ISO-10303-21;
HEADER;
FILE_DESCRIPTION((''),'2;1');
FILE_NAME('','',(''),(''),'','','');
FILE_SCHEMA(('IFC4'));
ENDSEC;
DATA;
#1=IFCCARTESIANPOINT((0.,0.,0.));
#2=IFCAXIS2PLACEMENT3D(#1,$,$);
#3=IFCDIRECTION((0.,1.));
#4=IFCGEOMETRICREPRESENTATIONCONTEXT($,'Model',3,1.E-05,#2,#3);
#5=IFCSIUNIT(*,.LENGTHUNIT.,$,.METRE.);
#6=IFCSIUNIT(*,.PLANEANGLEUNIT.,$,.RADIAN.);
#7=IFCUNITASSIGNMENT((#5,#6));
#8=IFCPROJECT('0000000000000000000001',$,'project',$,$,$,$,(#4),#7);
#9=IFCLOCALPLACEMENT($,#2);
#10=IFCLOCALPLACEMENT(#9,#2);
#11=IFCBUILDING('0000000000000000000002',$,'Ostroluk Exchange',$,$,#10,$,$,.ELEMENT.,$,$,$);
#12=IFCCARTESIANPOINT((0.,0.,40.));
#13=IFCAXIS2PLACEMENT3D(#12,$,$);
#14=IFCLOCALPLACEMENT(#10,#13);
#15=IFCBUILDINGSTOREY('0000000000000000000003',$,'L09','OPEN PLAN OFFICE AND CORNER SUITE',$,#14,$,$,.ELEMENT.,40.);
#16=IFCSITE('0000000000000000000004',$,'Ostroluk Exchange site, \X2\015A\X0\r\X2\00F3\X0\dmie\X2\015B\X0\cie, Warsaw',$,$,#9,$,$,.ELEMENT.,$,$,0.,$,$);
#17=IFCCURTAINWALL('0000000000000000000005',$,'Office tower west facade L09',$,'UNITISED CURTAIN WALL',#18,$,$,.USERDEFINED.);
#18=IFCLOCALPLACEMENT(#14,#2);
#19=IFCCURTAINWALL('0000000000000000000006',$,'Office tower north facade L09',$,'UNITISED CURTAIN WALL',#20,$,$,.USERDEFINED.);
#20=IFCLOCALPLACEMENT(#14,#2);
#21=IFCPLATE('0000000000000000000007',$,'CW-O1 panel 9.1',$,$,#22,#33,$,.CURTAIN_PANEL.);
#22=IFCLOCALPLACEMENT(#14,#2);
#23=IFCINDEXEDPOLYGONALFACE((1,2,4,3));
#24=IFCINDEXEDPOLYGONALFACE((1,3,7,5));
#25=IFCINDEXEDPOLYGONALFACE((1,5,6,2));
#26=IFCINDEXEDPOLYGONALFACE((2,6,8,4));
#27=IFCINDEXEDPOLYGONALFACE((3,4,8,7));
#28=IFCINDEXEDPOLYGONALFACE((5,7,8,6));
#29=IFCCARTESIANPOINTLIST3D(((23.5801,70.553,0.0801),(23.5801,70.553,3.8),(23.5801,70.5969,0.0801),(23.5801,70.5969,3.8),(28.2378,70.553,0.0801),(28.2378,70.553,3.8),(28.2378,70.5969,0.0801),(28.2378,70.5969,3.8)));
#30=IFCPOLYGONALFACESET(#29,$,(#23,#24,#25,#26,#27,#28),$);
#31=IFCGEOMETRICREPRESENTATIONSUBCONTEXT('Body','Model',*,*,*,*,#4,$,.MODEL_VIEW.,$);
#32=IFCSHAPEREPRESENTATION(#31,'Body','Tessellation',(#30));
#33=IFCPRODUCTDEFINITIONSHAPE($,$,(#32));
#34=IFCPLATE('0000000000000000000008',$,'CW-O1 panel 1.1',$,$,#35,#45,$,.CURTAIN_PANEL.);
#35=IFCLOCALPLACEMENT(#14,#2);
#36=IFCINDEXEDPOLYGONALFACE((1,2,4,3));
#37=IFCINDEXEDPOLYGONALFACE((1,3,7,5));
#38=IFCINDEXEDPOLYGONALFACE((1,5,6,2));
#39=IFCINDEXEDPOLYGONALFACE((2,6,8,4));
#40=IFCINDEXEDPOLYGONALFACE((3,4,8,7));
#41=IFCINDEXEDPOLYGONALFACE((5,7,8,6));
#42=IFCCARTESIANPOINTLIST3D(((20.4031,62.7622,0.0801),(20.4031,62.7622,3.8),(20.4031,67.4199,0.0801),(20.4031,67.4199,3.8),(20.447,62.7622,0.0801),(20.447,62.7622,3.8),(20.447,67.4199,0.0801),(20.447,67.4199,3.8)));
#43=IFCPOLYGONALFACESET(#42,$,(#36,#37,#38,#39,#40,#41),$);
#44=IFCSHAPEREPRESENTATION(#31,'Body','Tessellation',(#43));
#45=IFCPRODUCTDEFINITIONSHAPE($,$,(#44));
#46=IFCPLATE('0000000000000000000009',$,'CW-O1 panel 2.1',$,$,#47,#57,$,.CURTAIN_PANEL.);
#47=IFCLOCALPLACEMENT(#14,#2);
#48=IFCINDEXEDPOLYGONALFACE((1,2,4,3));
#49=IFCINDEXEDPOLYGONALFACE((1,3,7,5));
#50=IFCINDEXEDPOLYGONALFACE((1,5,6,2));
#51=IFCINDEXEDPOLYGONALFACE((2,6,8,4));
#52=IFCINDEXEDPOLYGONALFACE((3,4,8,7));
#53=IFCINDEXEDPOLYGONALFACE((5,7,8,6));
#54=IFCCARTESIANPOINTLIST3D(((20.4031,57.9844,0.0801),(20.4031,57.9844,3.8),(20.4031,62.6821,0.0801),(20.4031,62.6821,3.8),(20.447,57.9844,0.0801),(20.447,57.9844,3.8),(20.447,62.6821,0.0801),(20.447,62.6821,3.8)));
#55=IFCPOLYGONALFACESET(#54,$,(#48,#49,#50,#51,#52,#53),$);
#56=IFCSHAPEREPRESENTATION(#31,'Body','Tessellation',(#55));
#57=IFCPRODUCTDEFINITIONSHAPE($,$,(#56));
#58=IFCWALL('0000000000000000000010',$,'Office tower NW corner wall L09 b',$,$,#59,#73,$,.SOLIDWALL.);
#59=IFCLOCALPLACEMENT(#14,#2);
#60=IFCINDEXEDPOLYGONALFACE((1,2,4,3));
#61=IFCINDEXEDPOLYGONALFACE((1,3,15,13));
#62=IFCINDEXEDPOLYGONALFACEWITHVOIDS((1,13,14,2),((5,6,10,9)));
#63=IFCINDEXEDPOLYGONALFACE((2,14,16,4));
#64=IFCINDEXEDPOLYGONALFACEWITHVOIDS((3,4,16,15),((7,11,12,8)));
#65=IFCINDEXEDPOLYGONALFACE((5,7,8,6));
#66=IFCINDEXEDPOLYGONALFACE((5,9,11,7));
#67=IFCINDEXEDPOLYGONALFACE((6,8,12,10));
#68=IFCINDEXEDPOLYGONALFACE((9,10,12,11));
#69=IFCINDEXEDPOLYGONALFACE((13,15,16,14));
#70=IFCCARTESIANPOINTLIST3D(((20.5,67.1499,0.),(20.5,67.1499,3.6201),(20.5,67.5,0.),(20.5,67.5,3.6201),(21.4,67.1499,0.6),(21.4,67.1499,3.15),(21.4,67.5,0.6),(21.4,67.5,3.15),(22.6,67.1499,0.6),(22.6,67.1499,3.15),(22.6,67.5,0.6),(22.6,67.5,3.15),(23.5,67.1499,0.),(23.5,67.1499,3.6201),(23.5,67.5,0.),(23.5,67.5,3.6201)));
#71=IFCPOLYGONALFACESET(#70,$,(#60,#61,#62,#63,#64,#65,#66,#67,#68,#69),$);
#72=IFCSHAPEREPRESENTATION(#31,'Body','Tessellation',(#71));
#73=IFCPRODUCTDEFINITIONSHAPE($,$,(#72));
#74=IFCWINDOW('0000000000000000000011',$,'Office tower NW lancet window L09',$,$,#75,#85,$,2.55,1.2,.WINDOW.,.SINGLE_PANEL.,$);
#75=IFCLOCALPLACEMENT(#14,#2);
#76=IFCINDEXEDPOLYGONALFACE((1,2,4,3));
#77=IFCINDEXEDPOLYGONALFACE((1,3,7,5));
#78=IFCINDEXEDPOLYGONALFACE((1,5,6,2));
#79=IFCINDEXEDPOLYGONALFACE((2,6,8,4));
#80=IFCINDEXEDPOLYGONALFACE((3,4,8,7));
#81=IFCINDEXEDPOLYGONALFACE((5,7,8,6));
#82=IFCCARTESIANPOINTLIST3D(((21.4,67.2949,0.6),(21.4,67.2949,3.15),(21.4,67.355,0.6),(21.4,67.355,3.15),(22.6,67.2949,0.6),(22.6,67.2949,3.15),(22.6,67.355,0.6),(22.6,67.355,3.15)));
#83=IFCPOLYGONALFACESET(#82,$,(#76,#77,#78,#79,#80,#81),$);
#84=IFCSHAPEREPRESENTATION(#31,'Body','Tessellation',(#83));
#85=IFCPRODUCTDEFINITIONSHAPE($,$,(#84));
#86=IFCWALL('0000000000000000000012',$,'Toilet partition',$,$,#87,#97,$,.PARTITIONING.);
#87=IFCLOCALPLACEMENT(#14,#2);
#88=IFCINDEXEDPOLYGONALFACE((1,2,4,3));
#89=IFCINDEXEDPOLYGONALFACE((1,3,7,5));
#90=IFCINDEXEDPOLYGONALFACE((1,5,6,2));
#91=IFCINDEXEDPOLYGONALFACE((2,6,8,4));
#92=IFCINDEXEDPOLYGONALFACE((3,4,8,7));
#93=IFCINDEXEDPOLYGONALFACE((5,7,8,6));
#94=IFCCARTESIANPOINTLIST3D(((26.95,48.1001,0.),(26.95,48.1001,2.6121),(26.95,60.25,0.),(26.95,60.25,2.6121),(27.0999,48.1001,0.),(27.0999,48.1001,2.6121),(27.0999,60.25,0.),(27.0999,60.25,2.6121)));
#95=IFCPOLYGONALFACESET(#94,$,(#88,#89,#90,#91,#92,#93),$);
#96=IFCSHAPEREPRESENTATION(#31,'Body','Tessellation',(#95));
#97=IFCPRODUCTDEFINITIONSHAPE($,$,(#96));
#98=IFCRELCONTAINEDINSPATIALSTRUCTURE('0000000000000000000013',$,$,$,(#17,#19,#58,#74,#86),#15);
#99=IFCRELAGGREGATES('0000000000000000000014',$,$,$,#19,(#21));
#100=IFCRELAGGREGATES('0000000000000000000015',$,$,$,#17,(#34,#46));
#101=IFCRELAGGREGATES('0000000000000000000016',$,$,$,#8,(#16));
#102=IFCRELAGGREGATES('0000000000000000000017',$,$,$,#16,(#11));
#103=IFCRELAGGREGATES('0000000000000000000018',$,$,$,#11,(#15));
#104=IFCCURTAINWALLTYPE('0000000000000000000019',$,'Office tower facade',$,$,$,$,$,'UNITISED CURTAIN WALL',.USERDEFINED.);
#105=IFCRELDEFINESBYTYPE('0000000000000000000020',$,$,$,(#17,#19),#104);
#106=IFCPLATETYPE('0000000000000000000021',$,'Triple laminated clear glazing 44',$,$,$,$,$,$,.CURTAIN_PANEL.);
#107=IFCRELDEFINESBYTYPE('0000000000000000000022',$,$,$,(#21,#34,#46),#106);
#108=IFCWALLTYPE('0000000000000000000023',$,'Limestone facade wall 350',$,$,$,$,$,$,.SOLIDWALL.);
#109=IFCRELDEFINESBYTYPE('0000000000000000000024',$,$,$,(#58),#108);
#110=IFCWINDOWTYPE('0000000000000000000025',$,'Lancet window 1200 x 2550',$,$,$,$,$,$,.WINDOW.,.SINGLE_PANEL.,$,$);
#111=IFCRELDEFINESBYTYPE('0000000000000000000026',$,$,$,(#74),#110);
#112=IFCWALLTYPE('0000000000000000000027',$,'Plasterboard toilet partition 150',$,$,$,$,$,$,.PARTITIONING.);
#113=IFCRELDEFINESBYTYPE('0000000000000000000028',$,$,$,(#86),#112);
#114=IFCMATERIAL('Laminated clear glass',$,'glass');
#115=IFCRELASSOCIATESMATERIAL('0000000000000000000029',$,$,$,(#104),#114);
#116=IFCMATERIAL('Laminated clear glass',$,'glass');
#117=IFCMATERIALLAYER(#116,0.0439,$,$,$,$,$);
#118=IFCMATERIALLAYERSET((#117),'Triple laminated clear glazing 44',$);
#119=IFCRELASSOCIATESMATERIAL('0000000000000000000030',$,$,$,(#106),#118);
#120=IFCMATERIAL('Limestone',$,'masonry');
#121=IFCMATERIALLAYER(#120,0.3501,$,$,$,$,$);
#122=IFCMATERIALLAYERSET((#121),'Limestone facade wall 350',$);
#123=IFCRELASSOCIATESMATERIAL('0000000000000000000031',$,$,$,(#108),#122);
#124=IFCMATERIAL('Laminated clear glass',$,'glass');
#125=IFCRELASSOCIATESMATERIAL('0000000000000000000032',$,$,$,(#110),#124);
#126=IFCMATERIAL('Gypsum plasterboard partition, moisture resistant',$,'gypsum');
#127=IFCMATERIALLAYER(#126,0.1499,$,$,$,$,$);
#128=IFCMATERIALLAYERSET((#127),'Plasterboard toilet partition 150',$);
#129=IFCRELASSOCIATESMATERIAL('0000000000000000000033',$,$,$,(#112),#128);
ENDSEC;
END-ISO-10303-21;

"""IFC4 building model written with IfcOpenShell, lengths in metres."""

from ifc_helpers import new_model, si_unit, direction, frame, frame_2d, origin, origin_2d, place, context, subcontext, project, spatial, rectangle, extrude, material, layer, layer_set, type_object, element, fill, aggregate, save


model = new_model("IFC4")

# Units and contexts
model_context = context("Model", 3, precision=1e-05, world=origin(), true_north=direction((0.0, 1.0)))
body_context = subcontext(model_context, "Body", "Model", "MODEL_VIEW")
ifc_project = project(units=[si_unit("LENGTHUNIT", "METRE"), si_unit("PLANEANGLEUNIT", "RADIAN")], contexts=[model_context])

# Site, building, storey
site_placement = place(None, origin())
site = spatial("IfcSite", under=ifc_project, at=site_placement, Name="Ostroluk Exchange site, Śródmieście, Warsaw", CompositionType="ELEMENT", RefElevation=0.0)
building_placement = place(site_placement, origin())
building = spatial("IfcBuilding", under=site, at=building_placement, Name="Ostroluk Exchange", CompositionType="ELEMENT")
storey_placement = place(building_placement, frame((0.0, 0.0, 40.0)))
storey = spatial("IfcBuildingStorey", under=building, at=storey_placement, Name="L09", Description="OPEN PLAN OFFICE AND CORNER SUITE", CompositionType="ELEMENT", Elevation=40.0)

# Curtain wall
ifc_material_1 = material(Name="Laminated clear glass", Category="glass")
curtain_wall_type = type_object("IfcCurtainWallType", Name="Office tower facade", ElementType="UNITISED CURTAIN WALL", PredefinedType="USERDEFINED", material=ifc_material_1)
curtain_wall_1_placement = place(storey_placement, origin())
curtain_wall_1 = element("IfcCurtainWall", 1, at=curtain_wall_1_placement, inside=storey, type_object=curtain_wall_type, Name="Office tower west facade L09", ObjectType="UNITISED CURTAIN WALL", PredefinedType="USERDEFINED")

# Curtain wall
curtain_wall_2_placement = place(storey_placement, origin())
curtain_wall_2 = element("IfcCurtainWall", 2, at=curtain_wall_2_placement, inside=storey, type_object=curtain_wall_type, Name="Office tower north facade L09", ObjectType="UNITISED CURTAIN WALL", PredefinedType="USERDEFINED")

# Plates
ifc_material_2 = material(Name="Laminated clear glass", Category="glass")
ifc_layer_1 = layer(ifc_material_2, 0.0439)
ifc_layer_set_1 = layer_set([ifc_layer_1], Name="Triple laminated clear glazing 44")
plate_type_1 = type_object("IfcPlateType", Name="Triple laminated clear glazing 44", PredefinedType="CURTAIN_PANEL", material=ifc_layer_set_1)
plate_1_placement = place(storey_placement, frame((25.9089, 70.575, 0.0801), z_axis=(0.0, 0.0, 1.0), x_axis=(-1.0, 0.0, 0.0)))
plate_1 = element("IfcPlate", 3, at=plate_1_placement, type_object=plate_type_1, Name="CW-O1 panel 9.1", PredefinedType="CURTAIN_PANEL", context=body_context, shape_type="SweptSolid", body=[
    extrude(rectangle(XDim=4.6577, YDim=0.0439, at=origin_2d()), origin(), (0.0, 0.0, 1.0), 3.72),
])
aggregate(curtain_wall_2, [plate_1])
plate_2_placement = place(storey_placement, frame((20.425, 65.0911, 0.0801), z_axis=(0.0, 0.0, 1.0), x_axis=(0.0, -1.0, 0.0)))
plate_2 = element("IfcPlate", 4, at=plate_2_placement, type_object=plate_type_1, Name="CW-O1 panel 1.1", PredefinedType="CURTAIN_PANEL", context=body_context, shape_type="SweptSolid", body=[
    extrude(rectangle(XDim=4.6577, YDim=0.0439, at=origin_2d()), origin(), (0.0, 0.0, 1.0), 3.72),
])
plate_3_placement = place(storey_placement, frame((20.425, 60.3333, 0.0801), z_axis=(0.0, 0.0, 1.0), x_axis=(0.0, -1.0, 0.0)))
plate_3 = element("IfcPlate", 5, at=plate_3_placement, type_object=plate_type_1, Name="CW-O1 panel 2.1", PredefinedType="CURTAIN_PANEL", context=body_context, shape_type="SweptSolid", body=[
    extrude(rectangle(XDim=4.6978, YDim=0.0439, at=origin_2d()), origin(), (0.0, 0.0, 1.0), 3.72),
])
aggregate(curtain_wall_1, [plate_2, plate_3])

# Shared definitions
ifc_material_3 = material(Name="Limestone", Category="masonry")
ifc_layer_2 = layer(ifc_material_3, 0.3501)
ifc_layer_set_2 = layer_set([ifc_layer_2], Name="Limestone facade wall 350")
wall_type_1 = type_object("IfcWallType", Name="Limestone facade wall 350", PredefinedType="SOLIDWALL", material=ifc_layer_set_2)

# Wall, opening, window
wall_1_placement = place(storey_placement, frame((23.5, 67.325, 0.0), z_axis=(0.0, 0.0, 1.0), x_axis=(-1.0, 0.0, 0.0)))
wall_1 = element("IfcWall", 6, at=wall_1_placement, inside=storey, type_object=wall_type_1, Name="Office tower NW corner wall L09 b", PredefinedType="SOLIDWALL", context=body_context, shape_type="SweptSolid", body=[
    extrude(rectangle(XDim=3.0, YDim=0.3501, at=frame_2d((1.5, 0.0))), origin(), (0.0, 0.0, 1.0), 3.6201),
])
opening_1_placement = place(wall_1_placement, frame((0.8999, 0.0, 0.6001)))
opening_1 = element("IfcOpeningElement", 7, at=opening_1_placement, cuts=wall_1, PredefinedType="OPENING", context=body_context, shape_type="SweptSolid", body=[
    extrude(rectangle(XDim=1.2, YDim=2.55, at=frame_2d((0.6001, 1.2749))), frame((0.0, 0.1851, 0.0), z_axis=(0.0, -1.0, 0.0), x_axis=(1.0, 0.0, 0.0)), (0.0, 0.0, 1.0), 0.3701),
])
ifc_material_4 = material(Name="Laminated clear glass", Category="glass")
window_type = type_object("IfcWindowType", Name="Lancet window 1200 x 2550", PartitioningType="SINGLE_PANEL", PredefinedType="WINDOW", material=ifc_material_4)
window_placement = place(opening_1_placement, origin())
window = element("IfcWindow", 8, at=window_placement, inside=storey, type_object=window_type, Name="Office tower NW lancet window L09", OverallHeight=2.55, OverallWidth=1.2, PartitioningType="SINGLE_PANEL", PredefinedType="WINDOW", context=body_context, shape_type="SweptSolid", body=[
    extrude(rectangle(XDim=1.2, YDim=2.55, at=frame_2d((0.6001, 1.2749))), frame((0.0, 0.03, 0.0), z_axis=(0.0, -1.0, 0.0), x_axis=(1.0, 0.0, 0.0)), (0.0, 0.0, 1.0), 0.0601),
])
fill(opening_1, window)

# Wall
ifc_material_5 = material(Name="Gypsum plasterboard partition, moisture resistant", Category="gypsum")
ifc_layer_3 = layer(ifc_material_5, 0.1499)
ifc_layer_set_3 = layer_set([ifc_layer_3], Name="Plasterboard toilet partition 150")
wall_type_2 = type_object("IfcWallType", Name="Plasterboard toilet partition 150", PredefinedType="PARTITIONING", material=ifc_layer_set_3)
wall_2_placement = place(storey_placement, frame((27.0249, 60.25, 0.0), z_axis=(0.0, 0.0, 1.0), x_axis=(0.0, -1.0, 0.0)))
element("IfcWall", 9, at=wall_2_placement, inside=storey, type_object=wall_type_2, Name="Toilet partition", PredefinedType="PARTITIONING", context=body_context, shape_type="SweptSolid", body=[
    extrude(rectangle(XDim=12.1499, YDim=0.1499, at=frame_2d((6.075, 0.0))), origin(), (0.0, 0.0, 1.0), 2.6121),
])

save(model, "model.ifc")
